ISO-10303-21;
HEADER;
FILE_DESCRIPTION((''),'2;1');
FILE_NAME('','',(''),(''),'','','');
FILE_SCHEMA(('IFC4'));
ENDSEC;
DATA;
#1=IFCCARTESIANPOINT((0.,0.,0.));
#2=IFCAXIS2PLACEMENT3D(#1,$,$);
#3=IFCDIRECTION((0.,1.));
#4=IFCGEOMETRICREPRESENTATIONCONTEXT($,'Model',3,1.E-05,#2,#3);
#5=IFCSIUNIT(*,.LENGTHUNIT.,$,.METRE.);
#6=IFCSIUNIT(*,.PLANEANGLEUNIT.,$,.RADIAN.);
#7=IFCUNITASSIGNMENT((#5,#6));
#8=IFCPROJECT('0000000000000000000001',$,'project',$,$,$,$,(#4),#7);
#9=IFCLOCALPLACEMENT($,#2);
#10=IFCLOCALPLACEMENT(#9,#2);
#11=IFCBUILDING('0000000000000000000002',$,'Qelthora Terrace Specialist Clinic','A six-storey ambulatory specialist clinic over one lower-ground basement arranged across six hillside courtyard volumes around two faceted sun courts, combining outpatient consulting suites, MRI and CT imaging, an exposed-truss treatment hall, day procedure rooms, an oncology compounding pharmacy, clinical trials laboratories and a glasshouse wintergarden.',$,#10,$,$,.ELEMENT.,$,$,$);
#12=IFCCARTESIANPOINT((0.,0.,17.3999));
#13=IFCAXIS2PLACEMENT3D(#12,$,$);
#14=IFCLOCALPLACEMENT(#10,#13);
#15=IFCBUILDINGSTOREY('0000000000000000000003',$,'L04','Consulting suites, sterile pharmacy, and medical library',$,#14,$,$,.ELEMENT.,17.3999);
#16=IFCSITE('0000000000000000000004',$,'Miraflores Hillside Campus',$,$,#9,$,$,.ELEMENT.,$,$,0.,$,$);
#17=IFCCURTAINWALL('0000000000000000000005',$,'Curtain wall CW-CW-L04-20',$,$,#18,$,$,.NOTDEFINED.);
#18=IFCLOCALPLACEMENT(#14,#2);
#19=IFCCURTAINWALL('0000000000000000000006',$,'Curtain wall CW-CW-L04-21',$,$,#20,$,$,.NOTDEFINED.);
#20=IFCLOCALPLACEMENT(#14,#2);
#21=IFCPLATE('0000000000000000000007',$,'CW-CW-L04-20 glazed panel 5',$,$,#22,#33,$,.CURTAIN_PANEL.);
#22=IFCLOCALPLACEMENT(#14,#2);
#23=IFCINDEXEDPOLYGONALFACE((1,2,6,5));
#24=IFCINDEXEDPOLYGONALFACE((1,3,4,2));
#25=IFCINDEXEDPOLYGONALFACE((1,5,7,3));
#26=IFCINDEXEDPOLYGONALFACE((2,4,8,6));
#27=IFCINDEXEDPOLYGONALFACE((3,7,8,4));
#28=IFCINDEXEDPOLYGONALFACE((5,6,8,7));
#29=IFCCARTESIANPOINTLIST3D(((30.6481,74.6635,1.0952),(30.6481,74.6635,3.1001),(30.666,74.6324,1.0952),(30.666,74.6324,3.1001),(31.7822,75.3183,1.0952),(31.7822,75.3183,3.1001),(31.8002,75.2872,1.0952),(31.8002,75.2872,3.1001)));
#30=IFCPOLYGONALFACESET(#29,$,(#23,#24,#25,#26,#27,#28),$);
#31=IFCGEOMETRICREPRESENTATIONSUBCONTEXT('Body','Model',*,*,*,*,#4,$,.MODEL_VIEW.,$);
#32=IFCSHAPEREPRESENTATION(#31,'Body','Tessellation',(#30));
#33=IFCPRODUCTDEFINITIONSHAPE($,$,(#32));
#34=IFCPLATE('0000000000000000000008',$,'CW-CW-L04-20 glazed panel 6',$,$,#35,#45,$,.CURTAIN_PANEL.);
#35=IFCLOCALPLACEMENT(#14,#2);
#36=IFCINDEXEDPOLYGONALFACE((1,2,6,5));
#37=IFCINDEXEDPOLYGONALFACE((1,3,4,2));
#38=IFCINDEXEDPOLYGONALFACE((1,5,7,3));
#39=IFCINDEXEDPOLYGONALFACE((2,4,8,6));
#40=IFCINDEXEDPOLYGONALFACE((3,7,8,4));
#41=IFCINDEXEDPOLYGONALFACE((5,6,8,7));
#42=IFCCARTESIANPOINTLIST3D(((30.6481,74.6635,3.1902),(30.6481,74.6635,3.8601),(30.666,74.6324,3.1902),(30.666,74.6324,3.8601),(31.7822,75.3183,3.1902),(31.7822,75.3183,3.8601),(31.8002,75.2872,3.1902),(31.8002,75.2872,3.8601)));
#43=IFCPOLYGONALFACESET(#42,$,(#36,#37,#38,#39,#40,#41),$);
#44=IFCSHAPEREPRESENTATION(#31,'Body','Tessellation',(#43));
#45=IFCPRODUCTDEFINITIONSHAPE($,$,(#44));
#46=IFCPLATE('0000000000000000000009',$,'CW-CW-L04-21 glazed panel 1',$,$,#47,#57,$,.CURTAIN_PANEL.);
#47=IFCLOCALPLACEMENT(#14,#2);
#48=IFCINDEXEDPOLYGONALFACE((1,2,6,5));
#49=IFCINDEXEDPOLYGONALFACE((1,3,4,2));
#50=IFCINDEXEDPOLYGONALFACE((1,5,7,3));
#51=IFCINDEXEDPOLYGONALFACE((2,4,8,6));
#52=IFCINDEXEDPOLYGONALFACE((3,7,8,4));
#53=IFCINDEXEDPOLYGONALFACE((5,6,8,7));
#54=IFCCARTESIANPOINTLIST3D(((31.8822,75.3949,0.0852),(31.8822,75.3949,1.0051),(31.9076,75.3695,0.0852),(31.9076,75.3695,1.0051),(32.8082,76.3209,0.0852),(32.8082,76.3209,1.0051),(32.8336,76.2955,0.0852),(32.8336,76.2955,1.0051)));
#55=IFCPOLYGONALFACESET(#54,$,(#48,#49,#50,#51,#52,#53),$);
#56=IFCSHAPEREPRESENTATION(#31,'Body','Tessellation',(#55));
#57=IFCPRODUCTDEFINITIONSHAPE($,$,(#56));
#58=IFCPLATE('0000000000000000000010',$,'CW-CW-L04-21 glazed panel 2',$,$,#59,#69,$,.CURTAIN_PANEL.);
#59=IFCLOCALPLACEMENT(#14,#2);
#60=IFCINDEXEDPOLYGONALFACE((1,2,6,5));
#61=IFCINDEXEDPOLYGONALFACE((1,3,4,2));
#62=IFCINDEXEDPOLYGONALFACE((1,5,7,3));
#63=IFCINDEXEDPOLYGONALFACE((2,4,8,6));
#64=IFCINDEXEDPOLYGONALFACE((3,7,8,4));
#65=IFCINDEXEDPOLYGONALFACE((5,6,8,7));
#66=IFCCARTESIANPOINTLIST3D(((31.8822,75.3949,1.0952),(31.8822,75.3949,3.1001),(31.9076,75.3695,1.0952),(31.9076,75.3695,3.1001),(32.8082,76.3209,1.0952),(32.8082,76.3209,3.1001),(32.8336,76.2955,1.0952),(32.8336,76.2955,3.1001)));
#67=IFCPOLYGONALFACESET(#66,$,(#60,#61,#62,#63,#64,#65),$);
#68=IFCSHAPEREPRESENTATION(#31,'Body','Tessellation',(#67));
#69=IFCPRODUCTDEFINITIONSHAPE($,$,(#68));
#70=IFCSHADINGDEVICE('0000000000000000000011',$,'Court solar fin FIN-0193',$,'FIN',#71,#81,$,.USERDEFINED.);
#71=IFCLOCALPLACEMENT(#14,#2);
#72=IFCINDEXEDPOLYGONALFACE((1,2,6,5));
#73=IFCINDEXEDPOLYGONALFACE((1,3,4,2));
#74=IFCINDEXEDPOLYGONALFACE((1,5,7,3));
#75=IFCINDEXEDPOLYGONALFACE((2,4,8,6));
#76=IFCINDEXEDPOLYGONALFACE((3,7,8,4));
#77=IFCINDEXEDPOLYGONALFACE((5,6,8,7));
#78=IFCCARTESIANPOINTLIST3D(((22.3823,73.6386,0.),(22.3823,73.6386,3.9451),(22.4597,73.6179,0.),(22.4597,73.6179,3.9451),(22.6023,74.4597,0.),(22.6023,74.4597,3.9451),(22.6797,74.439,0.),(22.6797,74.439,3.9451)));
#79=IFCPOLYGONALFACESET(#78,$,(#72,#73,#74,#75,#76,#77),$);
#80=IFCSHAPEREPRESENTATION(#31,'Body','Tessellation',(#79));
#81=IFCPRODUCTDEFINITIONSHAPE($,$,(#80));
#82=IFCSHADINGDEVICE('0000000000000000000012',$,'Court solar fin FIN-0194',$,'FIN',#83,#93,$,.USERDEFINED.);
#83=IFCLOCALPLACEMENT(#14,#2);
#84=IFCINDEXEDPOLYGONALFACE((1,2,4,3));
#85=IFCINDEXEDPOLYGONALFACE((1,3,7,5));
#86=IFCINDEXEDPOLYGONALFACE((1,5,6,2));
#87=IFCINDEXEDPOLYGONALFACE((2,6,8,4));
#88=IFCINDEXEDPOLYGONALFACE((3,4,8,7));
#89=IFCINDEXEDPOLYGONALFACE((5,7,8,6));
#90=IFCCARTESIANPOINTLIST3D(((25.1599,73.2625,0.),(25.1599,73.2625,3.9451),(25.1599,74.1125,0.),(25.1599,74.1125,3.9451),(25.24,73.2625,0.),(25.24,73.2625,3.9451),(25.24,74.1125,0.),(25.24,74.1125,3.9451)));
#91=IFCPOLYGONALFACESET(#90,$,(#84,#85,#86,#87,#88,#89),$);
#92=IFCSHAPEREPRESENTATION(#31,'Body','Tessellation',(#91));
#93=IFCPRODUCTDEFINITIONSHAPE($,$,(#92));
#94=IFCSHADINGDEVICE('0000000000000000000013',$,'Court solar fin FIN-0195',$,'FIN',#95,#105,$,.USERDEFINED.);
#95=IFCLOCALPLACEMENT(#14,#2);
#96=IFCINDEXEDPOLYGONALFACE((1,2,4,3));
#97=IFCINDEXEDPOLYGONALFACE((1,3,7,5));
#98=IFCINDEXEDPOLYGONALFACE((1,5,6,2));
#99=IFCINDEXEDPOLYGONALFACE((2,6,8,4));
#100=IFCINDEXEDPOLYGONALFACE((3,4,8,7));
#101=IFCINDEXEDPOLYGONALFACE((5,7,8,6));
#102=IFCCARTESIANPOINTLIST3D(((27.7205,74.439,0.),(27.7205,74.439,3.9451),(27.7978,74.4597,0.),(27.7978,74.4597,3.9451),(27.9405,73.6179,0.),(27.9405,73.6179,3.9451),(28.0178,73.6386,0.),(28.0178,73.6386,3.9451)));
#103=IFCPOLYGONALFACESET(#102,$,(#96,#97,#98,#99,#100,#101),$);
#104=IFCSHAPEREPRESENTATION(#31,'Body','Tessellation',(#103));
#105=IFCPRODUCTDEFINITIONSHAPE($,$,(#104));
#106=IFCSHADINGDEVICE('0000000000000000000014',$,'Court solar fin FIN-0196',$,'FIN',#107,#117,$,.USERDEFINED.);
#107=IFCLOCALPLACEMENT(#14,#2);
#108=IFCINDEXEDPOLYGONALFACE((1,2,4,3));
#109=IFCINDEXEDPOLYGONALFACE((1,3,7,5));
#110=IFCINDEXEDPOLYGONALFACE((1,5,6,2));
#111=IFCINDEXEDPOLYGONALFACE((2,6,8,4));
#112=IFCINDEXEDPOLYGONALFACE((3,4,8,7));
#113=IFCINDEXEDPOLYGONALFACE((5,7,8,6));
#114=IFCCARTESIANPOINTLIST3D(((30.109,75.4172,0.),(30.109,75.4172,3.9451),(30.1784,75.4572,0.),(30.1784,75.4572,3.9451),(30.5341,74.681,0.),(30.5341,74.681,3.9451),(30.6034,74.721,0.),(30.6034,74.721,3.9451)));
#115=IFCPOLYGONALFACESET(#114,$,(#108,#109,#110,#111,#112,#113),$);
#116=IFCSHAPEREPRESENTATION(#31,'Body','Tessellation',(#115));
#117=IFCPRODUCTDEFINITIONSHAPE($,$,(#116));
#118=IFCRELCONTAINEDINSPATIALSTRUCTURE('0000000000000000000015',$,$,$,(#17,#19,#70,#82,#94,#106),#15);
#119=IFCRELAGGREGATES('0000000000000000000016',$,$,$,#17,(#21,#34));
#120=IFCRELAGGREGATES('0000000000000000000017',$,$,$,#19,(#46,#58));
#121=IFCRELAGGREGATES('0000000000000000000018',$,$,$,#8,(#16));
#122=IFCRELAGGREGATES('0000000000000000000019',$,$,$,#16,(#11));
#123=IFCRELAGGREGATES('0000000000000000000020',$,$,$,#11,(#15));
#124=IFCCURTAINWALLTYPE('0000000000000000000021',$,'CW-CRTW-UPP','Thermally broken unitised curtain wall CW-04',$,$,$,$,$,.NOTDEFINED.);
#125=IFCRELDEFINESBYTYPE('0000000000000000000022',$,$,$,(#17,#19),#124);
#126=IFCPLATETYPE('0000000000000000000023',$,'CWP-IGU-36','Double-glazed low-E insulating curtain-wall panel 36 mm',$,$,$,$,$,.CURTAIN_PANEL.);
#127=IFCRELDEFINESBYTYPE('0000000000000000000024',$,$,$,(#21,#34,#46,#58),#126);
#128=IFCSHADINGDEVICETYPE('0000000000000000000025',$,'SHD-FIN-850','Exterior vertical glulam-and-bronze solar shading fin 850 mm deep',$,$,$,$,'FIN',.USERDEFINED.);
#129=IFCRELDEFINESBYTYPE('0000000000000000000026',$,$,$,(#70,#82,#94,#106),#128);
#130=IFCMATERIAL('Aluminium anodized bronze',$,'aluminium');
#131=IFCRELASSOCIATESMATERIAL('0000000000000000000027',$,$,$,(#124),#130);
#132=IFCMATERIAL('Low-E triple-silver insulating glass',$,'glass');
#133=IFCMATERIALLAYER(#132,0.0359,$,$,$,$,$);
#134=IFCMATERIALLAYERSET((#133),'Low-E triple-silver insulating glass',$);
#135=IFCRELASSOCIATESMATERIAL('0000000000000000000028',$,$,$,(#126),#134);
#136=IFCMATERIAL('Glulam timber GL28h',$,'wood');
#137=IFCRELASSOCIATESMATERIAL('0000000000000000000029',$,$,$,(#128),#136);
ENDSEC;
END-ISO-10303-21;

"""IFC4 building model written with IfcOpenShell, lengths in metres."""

from ifc_helpers import new_model, si_unit, direction, frame, origin, origin_2d, place, context, subcontext, project, spatial, rectangle, extrude, material, layer, layer_set, type_object, element, aggregate, save


model = new_model("IFC4")

# Units and contexts
model_context = context("Model", 3, precision=1e-05, world=origin(), true_north=direction((0.0, 1.0)))
body_context = subcontext(model_context, "Body", "Model", "MODEL_VIEW")
ifc_project = project(units=[si_unit("LENGTHUNIT", "METRE"), si_unit("PLANEANGLEUNIT", "RADIAN")], contexts=[model_context])

# Site, building, storey
site_placement = place(None, origin())
site = spatial("IfcSite", under=ifc_project, at=site_placement, Name="Miraflores Hillside Campus", CompositionType="ELEMENT", RefElevation=0.0)
building_placement = place(site_placement, origin())
building = spatial("IfcBuilding", under=site, at=building_placement, Name="Qelthora Terrace Specialist Clinic", Description="A six-storey ambulatory specialist clinic over one lower-ground basement arranged across six hillside courtyard volumes around two faceted sun courts, combining outpatient consulting suites, MRI and CT imaging, an exposed-truss treatment hall, day procedure rooms, an oncology compounding pharmacy, clinical trials laboratories and a glasshouse wintergarden.", CompositionType="ELEMENT")
storey_placement = place(building_placement, frame((0.0, 0.0, 17.3999)))
storey = spatial("IfcBuildingStorey", under=building, at=storey_placement, Name="L04", Description="Consulting suites, sterile pharmacy, and medical library", CompositionType="ELEMENT", Elevation=17.3999)

# Shared definitions
ifc_material_1 = material(Name="Aluminium anodized bronze", Category="aluminium")
curtain_wall_type = type_object("IfcCurtainWallType", Name="CW-CRTW-UPP", Description="Thermally broken unitised curtain wall CW-04", PredefinedType="NOTDEFINED", material=ifc_material_1)

# Curtain wall
curtain_wall_1_placement = place(storey_placement, origin())
curtain_wall_1 = element("IfcCurtainWall", 1, at=curtain_wall_1_placement, inside=storey, type_object=curtain_wall_type, Name="Curtain wall CW-CW-L04-20", PredefinedType="NOTDEFINED")

# Curtain wall
curtain_wall_2_placement = place(storey_placement, origin())
curtain_wall_2 = element("IfcCurtainWall", 2, at=curtain_wall_2_placement, inside=storey, type_object=curtain_wall_type, Name="Curtain wall CW-CW-L04-21", PredefinedType="NOTDEFINED")

# Plates
ifc_material_2 = material(Name="Low-E triple-silver insulating glass", Category="glass")
ifc_layer = layer(ifc_material_2, 0.0359)
ifc_layer_set = layer_set([ifc_layer], Name="Low-E triple-silver insulating glass")
plate_type = type_object("IfcPlateType", Name="CWP-IGU-36", Description="Double-glazed low-E insulating curtain-wall panel 36 mm", PredefinedType="CURTAIN_PANEL", material=ifc_layer_set)
plate_1_placement = place(storey_placement, frame((31.2241, 74.9753, 1.0952), z_axis=(0.0, 0.0, 1.0), x_axis=(0.866025, 0.5, 0.0)))
plate_1 = element("IfcPlate", 3, at=plate_1_placement, type_object=plate_type, Name="CW-CW-L04-20 glazed panel 5", PredefinedType="CURTAIN_PANEL", context=body_context, shape_type="SweptSolid", body=[
    extrude(rectangle(XDim=1.3096, YDim=0.0359, at=origin_2d()), origin(), (0.0, 0.0, 1.0), 2.0049),
])
plate_2_placement = place(storey_placement, frame((31.2241, 74.9753, 3.1902), z_axis=(0.0, 0.0, 1.0), x_axis=(0.866025, 0.5, 0.0)))
plate_2 = element("IfcPlate", 4, at=plate_2_placement, type_object=plate_type, Name="CW-CW-L04-20 glazed panel 6", PredefinedType="CURTAIN_PANEL", context=body_context, shape_type="SweptSolid", body=[
    extrude(rectangle(XDim=1.3096, YDim=0.0359, at=origin_2d()), origin(), (0.0, 0.0, 1.0), 0.6699),
])
aggregate(curtain_wall_1, [plate_1, plate_2])
plate_3_placement = place(storey_placement, frame((32.3579, 75.8452, 0.0852), z_axis=(0.0, 0.0, 1.0), x_axis=(0.707107, 0.707107, 0.0)))
plate_3 = element("IfcPlate", 5, at=plate_3_placement, type_object=plate_type, Name="CW-CW-L04-21 glazed panel 1", PredefinedType="CURTAIN_PANEL", context=body_context, shape_type="SweptSolid", body=[
    extrude(rectangle(XDim=1.3096, YDim=0.0359, at=origin_2d()), origin(), (0.0, 0.0, 1.0), 0.9199),
])
plate_4_placement = place(storey_placement, frame((32.3579, 75.8452, 1.0952), z_axis=(0.0, 0.0, 1.0), x_axis=(0.707107, 0.707107, 0.0)))
plate_4 = element("IfcPlate", 6, at=plate_4_placement, type_object=plate_type, Name="CW-CW-L04-21 glazed panel 2", PredefinedType="CURTAIN_PANEL", context=body_context, shape_type="SweptSolid", body=[
    extrude(rectangle(XDim=1.3096, YDim=0.0359, at=origin_2d()), origin(), (0.0, 0.0, 1.0), 2.0049),
])
aggregate(curtain_wall_2, [plate_3, plate_4])

# Shading devices
ifc_material_3 = material(Name="Glulam timber GL28h", Category="wood")
shading_device_type = type_object("IfcShadingDeviceType", Name="SHD-FIN-850", Description="Exterior vertical glulam-and-bronze solar shading fin 850 mm deep", ElementType="FIN", PredefinedType="USERDEFINED", material=ifc_material_3)
for number, where, z_axis, x_axis, name in (
    (7, (22.531, 74.0388, 0.0), (0.0, 0.0, 1.0), (0.258819, 0.965926, 0.0), "Court solar fin FIN-0193"),
    (8, (25.2, 73.6875, 0.0), (0.0, 0.0, 1.0), (0.0, 1.0, 0.0), "Court solar fin FIN-0194"),
    (9, (27.8691, 74.0388, 0.0), (0.0, 0.0, 1.0), (-0.258819, 0.965926, 0.0), "Court solar fin FIN-0195"),
    (10, (30.3562, 75.0691, 0.0), (0.0, 0.0, 1.0), (-0.5, 0.866025, 0.0), "Court solar fin FIN-0196"),
):
    element("IfcShadingDevice", number, at=place(storey_placement, frame(where, z_axis=z_axis, x_axis=x_axis)), inside=storey, type_object=shading_device_type, Name=name, ObjectType="FIN", PredefinedType="USERDEFINED", context=body_context, shape_type="SweptSolid", body=[
        extrude(rectangle(XDim=0.8501, YDim=0.0801, at=origin_2d()), origin(), (0.0, 0.0, 1.0), 3.9451),
    ])

save(model, "model.ifc")
